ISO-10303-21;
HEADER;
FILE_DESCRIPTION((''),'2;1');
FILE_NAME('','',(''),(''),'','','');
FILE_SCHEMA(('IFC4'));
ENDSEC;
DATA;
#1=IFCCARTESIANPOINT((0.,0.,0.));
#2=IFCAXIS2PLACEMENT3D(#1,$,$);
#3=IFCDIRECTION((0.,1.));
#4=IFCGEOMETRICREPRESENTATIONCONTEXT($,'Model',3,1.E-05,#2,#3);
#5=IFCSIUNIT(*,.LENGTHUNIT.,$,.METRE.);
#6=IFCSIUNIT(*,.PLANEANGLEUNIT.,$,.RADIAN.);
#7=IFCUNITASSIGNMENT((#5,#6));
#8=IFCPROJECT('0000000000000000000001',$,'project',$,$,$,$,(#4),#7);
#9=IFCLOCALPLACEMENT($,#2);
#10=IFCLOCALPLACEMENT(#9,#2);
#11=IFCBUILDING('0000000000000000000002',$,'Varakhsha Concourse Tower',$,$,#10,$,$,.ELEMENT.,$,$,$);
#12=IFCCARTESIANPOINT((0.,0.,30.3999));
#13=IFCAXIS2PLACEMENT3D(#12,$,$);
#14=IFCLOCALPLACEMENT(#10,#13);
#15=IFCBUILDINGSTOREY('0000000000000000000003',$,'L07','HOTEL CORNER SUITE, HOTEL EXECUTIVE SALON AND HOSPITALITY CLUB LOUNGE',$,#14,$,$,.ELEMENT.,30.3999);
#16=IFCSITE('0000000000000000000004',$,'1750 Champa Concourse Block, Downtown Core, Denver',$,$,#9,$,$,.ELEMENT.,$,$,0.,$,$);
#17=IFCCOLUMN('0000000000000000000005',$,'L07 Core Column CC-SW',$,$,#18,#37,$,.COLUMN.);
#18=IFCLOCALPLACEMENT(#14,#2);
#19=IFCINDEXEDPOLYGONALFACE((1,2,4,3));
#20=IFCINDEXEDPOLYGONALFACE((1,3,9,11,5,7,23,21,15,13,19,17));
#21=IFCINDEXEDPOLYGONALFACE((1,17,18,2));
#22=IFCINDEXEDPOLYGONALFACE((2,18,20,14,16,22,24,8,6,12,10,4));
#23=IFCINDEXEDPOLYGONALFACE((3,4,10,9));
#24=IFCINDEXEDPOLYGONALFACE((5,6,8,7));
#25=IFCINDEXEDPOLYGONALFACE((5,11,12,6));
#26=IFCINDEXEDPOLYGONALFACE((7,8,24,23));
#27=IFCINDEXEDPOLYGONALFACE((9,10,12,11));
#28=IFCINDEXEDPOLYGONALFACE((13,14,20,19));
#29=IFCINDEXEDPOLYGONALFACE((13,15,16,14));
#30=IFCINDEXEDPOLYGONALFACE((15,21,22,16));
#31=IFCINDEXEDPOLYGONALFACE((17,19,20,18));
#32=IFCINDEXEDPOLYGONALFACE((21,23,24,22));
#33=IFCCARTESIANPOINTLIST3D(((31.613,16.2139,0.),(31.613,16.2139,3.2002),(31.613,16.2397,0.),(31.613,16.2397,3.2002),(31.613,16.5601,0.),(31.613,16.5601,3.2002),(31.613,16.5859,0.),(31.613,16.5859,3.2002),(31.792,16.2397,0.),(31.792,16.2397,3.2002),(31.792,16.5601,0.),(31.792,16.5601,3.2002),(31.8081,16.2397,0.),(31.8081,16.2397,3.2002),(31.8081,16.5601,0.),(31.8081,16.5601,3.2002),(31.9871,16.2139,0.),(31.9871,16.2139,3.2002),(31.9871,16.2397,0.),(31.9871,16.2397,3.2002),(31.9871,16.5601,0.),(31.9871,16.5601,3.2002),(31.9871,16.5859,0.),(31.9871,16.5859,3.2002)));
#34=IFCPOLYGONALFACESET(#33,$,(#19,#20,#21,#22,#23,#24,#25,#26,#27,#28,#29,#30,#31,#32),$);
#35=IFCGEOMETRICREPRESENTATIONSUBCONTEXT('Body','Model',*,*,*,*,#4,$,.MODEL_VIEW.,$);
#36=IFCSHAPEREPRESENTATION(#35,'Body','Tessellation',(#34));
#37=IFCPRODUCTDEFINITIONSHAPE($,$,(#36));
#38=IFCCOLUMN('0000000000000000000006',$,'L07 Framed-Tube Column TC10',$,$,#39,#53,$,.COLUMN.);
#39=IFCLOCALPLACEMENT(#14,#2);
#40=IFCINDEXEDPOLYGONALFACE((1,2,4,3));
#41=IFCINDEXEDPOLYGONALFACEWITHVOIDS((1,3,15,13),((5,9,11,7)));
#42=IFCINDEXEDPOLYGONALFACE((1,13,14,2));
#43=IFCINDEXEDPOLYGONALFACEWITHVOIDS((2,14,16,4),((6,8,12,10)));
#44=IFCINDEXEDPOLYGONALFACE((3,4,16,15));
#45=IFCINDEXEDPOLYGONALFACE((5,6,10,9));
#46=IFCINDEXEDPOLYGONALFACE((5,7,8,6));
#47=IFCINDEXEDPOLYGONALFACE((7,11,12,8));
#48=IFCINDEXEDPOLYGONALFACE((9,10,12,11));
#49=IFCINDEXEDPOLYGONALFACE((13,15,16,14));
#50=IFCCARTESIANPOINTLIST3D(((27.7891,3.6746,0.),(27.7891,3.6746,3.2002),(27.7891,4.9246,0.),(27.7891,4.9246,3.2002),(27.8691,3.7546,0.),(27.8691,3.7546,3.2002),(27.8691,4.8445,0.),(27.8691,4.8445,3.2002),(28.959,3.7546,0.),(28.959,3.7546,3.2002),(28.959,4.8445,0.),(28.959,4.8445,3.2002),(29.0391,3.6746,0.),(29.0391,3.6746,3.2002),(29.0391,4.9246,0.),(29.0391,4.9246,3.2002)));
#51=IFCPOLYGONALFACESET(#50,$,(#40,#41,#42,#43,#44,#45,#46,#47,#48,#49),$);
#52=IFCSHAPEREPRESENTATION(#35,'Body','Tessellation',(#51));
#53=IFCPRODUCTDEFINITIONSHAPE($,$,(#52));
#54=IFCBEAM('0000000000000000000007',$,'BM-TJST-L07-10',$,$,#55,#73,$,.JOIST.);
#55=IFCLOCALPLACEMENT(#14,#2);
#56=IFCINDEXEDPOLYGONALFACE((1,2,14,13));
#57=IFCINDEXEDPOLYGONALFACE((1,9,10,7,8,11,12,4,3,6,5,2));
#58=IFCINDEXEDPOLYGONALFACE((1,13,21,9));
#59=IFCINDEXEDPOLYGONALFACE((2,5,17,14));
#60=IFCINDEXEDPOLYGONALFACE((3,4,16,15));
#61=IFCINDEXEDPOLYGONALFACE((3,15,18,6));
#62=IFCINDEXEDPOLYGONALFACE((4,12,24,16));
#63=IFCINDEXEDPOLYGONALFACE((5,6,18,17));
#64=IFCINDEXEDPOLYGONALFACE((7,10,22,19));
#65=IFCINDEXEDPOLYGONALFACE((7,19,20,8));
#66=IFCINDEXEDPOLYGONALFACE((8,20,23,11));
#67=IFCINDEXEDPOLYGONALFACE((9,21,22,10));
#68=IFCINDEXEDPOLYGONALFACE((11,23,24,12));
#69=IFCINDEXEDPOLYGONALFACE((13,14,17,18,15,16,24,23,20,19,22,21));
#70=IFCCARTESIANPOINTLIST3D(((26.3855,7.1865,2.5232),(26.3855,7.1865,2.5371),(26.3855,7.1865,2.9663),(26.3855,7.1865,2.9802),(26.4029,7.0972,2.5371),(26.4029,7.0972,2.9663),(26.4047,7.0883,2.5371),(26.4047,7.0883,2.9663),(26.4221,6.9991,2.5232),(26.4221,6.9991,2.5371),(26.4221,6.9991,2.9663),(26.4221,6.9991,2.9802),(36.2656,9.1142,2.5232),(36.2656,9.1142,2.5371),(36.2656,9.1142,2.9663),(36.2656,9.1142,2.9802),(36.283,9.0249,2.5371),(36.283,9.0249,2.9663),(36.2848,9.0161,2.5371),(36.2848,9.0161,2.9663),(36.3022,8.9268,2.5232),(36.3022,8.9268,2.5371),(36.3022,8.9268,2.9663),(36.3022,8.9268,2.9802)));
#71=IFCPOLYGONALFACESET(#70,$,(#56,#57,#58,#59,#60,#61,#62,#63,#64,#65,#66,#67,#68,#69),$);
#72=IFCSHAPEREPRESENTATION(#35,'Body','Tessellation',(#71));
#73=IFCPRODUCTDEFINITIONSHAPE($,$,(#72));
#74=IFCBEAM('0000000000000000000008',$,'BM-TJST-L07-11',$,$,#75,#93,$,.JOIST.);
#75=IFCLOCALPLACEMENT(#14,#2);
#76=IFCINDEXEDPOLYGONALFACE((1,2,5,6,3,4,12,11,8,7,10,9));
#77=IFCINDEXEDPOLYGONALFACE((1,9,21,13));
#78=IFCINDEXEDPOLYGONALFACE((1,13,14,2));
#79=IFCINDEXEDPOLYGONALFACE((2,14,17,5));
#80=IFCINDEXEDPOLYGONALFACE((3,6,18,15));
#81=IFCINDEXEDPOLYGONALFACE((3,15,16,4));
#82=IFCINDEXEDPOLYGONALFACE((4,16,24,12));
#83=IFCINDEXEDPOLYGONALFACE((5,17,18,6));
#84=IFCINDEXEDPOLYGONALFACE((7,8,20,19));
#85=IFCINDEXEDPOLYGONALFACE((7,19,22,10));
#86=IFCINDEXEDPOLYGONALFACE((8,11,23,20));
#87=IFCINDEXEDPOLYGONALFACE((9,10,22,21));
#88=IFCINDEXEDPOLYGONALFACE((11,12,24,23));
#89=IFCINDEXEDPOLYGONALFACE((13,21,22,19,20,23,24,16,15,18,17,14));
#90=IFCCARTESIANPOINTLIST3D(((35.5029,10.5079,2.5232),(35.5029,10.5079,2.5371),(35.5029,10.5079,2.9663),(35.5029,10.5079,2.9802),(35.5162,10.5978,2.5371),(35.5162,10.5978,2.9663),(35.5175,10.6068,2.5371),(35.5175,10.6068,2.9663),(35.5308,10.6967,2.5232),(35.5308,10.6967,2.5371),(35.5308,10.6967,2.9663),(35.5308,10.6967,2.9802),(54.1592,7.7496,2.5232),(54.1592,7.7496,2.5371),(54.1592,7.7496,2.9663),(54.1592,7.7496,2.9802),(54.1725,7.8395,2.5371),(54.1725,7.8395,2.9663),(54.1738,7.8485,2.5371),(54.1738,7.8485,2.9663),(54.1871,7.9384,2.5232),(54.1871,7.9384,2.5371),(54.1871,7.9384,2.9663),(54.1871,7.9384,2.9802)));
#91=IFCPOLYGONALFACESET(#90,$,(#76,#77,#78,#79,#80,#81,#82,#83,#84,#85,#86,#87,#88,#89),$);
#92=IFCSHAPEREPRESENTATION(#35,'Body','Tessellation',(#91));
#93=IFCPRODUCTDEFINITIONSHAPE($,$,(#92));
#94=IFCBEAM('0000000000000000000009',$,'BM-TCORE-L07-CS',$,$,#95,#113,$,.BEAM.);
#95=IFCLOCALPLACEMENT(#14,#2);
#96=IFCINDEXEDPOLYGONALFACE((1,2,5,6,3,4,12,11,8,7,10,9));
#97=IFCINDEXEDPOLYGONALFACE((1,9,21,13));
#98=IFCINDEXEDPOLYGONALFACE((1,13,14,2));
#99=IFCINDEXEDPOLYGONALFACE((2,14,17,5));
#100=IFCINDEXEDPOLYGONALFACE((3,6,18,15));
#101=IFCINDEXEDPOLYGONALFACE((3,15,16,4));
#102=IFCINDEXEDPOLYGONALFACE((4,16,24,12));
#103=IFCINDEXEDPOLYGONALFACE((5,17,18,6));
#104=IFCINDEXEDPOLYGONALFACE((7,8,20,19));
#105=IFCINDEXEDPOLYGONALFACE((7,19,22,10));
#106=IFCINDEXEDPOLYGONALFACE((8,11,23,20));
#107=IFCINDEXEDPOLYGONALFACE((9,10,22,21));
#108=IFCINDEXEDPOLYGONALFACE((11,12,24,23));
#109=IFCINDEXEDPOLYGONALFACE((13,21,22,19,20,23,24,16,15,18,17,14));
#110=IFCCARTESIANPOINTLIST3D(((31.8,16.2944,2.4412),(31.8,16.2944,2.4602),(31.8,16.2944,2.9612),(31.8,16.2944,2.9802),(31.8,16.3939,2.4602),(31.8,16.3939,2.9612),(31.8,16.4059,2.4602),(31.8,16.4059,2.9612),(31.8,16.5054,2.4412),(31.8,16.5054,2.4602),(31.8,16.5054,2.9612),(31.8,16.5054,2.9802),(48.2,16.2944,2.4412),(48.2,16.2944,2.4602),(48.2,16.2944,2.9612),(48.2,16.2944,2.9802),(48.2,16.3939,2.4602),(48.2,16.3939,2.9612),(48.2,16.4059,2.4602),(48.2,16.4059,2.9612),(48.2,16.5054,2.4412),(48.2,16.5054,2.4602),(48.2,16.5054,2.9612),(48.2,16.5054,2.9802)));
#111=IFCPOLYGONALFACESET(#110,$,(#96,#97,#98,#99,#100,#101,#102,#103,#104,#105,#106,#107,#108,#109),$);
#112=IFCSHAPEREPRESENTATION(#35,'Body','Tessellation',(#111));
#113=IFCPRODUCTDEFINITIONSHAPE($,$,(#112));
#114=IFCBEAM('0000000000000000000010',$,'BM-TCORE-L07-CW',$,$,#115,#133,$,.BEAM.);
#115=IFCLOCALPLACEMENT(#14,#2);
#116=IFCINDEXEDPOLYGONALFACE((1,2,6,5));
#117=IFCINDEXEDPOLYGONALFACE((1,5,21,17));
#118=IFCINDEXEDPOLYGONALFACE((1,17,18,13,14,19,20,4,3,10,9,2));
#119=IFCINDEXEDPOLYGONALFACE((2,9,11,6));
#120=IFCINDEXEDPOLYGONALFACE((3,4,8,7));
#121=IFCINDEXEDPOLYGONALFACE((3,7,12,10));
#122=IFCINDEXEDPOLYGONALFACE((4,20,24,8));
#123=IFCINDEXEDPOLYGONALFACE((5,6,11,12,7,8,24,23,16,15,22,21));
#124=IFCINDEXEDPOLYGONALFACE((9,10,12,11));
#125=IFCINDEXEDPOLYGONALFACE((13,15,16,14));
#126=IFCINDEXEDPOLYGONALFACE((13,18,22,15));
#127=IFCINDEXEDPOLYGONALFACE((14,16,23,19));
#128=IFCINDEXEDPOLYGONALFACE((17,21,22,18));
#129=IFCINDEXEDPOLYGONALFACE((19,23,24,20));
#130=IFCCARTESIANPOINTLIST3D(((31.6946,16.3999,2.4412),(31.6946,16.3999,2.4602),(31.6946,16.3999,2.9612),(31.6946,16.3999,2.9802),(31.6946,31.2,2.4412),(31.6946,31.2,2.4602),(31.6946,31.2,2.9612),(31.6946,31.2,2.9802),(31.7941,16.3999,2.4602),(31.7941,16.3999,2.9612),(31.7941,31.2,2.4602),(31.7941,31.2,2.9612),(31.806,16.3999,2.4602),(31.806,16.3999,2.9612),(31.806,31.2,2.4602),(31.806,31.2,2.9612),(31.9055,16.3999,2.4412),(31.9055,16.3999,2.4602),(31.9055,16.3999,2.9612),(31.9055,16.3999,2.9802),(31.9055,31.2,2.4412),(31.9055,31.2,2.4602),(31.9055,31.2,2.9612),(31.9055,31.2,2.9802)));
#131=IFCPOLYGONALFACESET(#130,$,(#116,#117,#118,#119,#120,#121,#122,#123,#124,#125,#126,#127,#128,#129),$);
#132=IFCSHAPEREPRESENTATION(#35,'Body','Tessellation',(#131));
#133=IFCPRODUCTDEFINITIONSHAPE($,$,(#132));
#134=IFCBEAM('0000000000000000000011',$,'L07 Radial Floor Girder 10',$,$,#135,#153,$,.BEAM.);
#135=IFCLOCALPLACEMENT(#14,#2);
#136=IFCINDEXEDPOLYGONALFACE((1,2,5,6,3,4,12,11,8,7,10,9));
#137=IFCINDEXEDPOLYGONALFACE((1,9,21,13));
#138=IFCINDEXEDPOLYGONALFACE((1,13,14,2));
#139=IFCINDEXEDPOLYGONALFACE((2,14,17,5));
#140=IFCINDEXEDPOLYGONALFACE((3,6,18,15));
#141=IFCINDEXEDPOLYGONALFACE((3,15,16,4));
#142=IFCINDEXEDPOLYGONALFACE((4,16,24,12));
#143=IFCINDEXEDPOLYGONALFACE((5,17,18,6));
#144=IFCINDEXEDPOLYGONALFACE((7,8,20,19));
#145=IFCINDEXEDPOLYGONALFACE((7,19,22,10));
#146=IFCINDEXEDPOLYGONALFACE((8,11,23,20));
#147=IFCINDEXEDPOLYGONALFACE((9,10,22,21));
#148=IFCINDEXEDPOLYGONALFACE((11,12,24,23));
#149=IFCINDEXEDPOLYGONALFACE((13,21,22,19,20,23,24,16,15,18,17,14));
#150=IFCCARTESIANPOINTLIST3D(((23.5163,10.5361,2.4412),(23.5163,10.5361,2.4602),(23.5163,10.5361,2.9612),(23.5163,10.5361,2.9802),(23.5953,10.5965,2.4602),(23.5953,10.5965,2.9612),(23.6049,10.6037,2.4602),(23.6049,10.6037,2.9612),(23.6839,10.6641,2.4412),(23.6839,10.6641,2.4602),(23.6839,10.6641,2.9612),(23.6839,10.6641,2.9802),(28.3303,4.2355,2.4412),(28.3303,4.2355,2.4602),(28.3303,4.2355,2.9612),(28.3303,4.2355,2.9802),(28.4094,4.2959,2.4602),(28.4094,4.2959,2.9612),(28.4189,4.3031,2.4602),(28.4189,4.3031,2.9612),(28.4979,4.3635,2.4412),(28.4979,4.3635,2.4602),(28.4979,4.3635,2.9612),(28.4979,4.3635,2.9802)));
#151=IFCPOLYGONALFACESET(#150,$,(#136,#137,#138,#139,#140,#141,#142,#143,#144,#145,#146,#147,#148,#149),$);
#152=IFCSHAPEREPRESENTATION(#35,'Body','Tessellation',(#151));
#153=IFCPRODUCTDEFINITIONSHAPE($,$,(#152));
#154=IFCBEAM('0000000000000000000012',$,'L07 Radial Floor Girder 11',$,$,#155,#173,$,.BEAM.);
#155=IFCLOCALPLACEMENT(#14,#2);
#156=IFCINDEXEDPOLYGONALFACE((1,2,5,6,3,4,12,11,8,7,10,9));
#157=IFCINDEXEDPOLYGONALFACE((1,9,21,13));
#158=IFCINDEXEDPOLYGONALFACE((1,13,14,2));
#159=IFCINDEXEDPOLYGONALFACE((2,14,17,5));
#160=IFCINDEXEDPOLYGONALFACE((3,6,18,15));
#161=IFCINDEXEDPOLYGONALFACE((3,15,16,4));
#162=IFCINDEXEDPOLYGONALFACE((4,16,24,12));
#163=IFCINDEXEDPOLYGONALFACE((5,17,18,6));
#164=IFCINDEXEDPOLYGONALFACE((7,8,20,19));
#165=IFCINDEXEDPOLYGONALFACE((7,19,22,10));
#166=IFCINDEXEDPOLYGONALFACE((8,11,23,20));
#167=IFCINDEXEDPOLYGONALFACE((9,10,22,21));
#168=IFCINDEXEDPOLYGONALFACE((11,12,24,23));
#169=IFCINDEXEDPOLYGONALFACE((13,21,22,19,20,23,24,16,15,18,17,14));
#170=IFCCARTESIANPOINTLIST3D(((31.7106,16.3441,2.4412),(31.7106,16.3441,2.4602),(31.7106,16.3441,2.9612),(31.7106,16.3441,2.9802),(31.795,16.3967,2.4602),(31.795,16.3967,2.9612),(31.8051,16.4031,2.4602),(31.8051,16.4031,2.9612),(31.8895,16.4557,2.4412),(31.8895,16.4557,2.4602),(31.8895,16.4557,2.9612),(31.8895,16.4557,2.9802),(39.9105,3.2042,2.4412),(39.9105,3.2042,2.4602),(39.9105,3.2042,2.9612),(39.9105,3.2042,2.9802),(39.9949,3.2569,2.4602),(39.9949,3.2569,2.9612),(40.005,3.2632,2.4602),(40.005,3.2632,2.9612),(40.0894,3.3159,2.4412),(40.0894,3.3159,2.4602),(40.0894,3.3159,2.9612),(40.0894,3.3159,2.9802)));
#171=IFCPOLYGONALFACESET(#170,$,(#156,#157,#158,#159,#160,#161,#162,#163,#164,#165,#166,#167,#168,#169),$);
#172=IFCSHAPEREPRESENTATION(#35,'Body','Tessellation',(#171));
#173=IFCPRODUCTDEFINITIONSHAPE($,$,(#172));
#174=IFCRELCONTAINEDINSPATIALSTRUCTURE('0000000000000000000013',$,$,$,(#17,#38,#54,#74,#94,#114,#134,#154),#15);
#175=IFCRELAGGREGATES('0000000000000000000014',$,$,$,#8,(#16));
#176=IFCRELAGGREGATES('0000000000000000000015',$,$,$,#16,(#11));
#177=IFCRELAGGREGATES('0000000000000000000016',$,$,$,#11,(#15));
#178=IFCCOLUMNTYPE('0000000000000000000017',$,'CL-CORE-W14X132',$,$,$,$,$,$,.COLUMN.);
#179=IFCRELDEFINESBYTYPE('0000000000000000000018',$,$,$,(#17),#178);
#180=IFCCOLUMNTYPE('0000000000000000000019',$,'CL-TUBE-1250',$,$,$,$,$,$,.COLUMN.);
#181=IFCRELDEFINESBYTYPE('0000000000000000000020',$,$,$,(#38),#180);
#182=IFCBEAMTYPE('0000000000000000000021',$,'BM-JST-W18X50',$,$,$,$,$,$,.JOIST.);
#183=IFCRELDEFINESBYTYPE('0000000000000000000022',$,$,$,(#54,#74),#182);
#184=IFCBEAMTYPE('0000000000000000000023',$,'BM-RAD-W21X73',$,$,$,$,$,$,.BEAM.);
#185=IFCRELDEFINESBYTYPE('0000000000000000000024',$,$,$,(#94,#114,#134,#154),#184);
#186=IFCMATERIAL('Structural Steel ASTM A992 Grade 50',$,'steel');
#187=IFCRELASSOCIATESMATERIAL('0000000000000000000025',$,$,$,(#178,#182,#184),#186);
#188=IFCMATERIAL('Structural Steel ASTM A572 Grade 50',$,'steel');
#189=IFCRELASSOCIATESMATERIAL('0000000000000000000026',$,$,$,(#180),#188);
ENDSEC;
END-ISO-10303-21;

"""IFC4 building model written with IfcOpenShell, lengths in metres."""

from ifc_helpers import new_model, si_unit, direction, frame, origin, origin_2d, place, context, subcontext, project, spatial, hollow_rectangle, i_section, extrude, material, material_profile, profile_set, type_object, element, save


model = new_model("IFC4")

# Units and contexts
model_context = context("Model", 3, precision=1e-05, world=origin(), true_north=direction((0.0, 1.0)))
body_context = subcontext(model_context, "Body", "Model", "MODEL_VIEW")
ifc_project = project(units=[si_unit("LENGTHUNIT", "METRE"), si_unit("PLANEANGLEUNIT", "RADIAN")], contexts=[model_context])

# Site, building, storey
site_placement = place(None, origin())
site = spatial("IfcSite", under=ifc_project, at=site_placement, Name="1750 Champa Concourse Block, Downtown Core, Denver", CompositionType="ELEMENT", RefElevation=0.0)
building_placement = place(site_placement, origin())
building = spatial("IfcBuilding", under=site, at=building_placement, Name="Varakhsha Concourse Tower", CompositionType="ELEMENT")
storey_placement = place(building_placement, frame((0.0, 0.0, 30.3999)))
storey = spatial("IfcBuildingStorey", under=building, at=storey_placement, Name="L07", Description="HOTEL CORNER SUITE, HOTEL EXECUTIVE SALON AND HOSPITALITY CLUB LOUNGE", CompositionType="ELEMENT", Elevation=30.3999)

# Columns
ifc_material_1 = material(Name="Structural Steel ASTM A992 Grade 50", Category="steel")
ifc_material_profile_1 = material_profile(ifc_material_1, i_section(OverallWidth=0.374, OverallDepth=0.3721, WebThickness=0.0161, FlangeThickness=0.0259, at=origin_2d()), Name="W14X132")
ifc_profile_set_1 = profile_set([ifc_material_profile_1], Name="Structural Steel ASTM A992 Grade 50")
column_type_1 = type_object("IfcColumnType", Name="CL-CORE-W14X132", PredefinedType="COLUMN", material=ifc_profile_set_1)
column_1_placement = place(storey_placement, frame((31.8, 16.3999, 0.0), z_axis=(0.0, 0.0, 1.0), x_axis=(1.0, 0.0, 0.0)))
element("IfcColumn", 1, at=column_1_placement, inside=storey, type_object=column_type_1, Name="L07 Core Column CC-SW", PredefinedType="COLUMN", context=body_context, shape_type="SweptSolid", body=[
    extrude(i_section(OverallWidth=0.374, OverallDepth=0.3721, WebThickness=0.0161, FlangeThickness=0.0259, at=origin_2d()), origin(), (0.0, 0.0, 1.0), 3.2002),
])
ifc_material_2 = material(Name="Structural Steel ASTM A572 Grade 50", Category="steel")
ifc_material_profile_2 = material_profile(ifc_material_2, hollow_rectangle(XDim=1.25, YDim=1.25, WallThickness=0.0801, at=origin_2d()), Name="BOX 1250x1250x80")
ifc_profile_set_2 = profile_set([ifc_material_profile_2], Name="Structural Steel ASTM A572 Grade 50")
column_type_2 = type_object("IfcColumnType", Name="CL-TUBE-1250", PredefinedType="COLUMN", material=ifc_profile_set_2)
column_2_placement = place(storey_placement, frame((28.4141, 4.2996, 0.0), z_axis=(0.0, 0.0, 1.0), x_axis=(1.0, 0.0, 0.0)))
element("IfcColumn", 2, at=column_2_placement, inside=storey, type_object=column_type_2, Name="L07 Framed-Tube Column TC10", PredefinedType="COLUMN", context=body_context, shape_type="SweptSolid", body=[
    extrude(hollow_rectangle(XDim=1.25, YDim=1.25, WallThickness=0.0801, at=origin_2d()), origin(), (0.0, 0.0, 1.0), 3.2002),
])

# Beams
ifc_material_profile_3 = material_profile(ifc_material_1, i_section(OverallWidth=0.1909, OverallDepth=0.457, WebThickness=0.009, FlangeThickness=0.0139, at=origin_2d()), Name="W18X50")
ifc_profile_set_3 = profile_set([ifc_material_profile_3], Name="Structural Steel ASTM A992 Grade 50")
beam_type_1 = type_object("IfcBeamType", Name="BM-JST-W18X50", PredefinedType="JOIST", material=ifc_profile_set_3)
beam_1_placement = place(storey_placement, frame((26.4038, 7.0928, 2.7517), z_axis=(0.981492, 0.191501, 0.0), x_axis=(-0.191501, 0.981492, 0.0)))
element("IfcBeam", 3, at=beam_1_placement, inside=storey, type_object=beam_type_1, Name="BM-TJST-L07-10", PredefinedType="JOIST", context=body_context, shape_type="SweptSolid", body=[
    extrude(i_section(OverallWidth=0.1909, OverallDepth=0.457, WebThickness=0.009, FlangeThickness=0.0139, at=origin_2d()), origin(), (0.0, 0.0, 1.0), 10.0664),
])
beam_2_placement = place(storey_placement, frame((35.5168, 10.6023, 2.7517), z_axis=(0.989246, -0.146259, 0.0), x_axis=(0.146259, 0.989246, 0.0)))
element("IfcBeam", 4, at=beam_2_placement, inside=storey, type_object=beam_type_1, Name="BM-TJST-L07-11", PredefinedType="JOIST", context=body_context, shape_type="SweptSolid", body=[
    extrude(i_section(OverallWidth=0.1909, OverallDepth=0.457, WebThickness=0.009, FlangeThickness=0.0139, at=origin_2d()), origin(), (0.0, 0.0, 1.0), 18.8591),
])
ifc_material_profile_4 = material_profile(ifc_material_1, i_section(OverallWidth=0.2109, OverallDepth=0.5391, WebThickness=0.012, FlangeThickness=0.019, at=origin_2d()), Name="W21X73")
ifc_profile_set_4 = profile_set([ifc_material_profile_4], Name="Structural Steel ASTM A992 Grade 50")
beam_type_2 = type_object("IfcBeamType", Name="BM-RAD-W21X73", PredefinedType="BEAM", material=ifc_profile_set_4)
beam_3_placement = place(storey_placement, frame((31.8, 16.3999, 2.7107), z_axis=(1.0, 0.0, 0.0), x_axis=(0.0, 1.0, 0.0)))
element("IfcBeam", 5, at=beam_3_placement, inside=storey, type_object=beam_type_2, Name="BM-TCORE-L07-CS", PredefinedType="BEAM", context=body_context, shape_type="SweptSolid", body=[
    extrude(i_section(OverallWidth=0.2109, OverallDepth=0.5391, WebThickness=0.012, FlangeThickness=0.019, at=origin_2d()), origin(), (0.0, 0.0, 1.0), 16.3999),
])
beam_4_placement = place(storey_placement, frame((31.8, 16.3999, 2.7107), z_axis=(0.0, 1.0, 0.0), x_axis=(-1.0, 0.0, 0.0)))
element("IfcBeam", 6, at=beam_4_placement, inside=storey, type_object=beam_type_2, Name="BM-TCORE-L07-CW", PredefinedType="BEAM", context=body_context, shape_type="SweptSolid", body=[
    extrude(i_section(OverallWidth=0.2109, OverallDepth=0.5391, WebThickness=0.012, FlangeThickness=0.019, at=origin_2d()), origin(), (0.0, 0.0, 1.0), 14.8),
])
beam_5_placement = place(storey_placement, frame((23.6001, 10.6001, 2.7107), z_axis=(0.607124, -0.794607, 0.0), x_axis=(0.794607, 0.607124, 0.0)))
element("IfcBeam", 7, at=beam_5_placement, inside=storey, type_object=beam_type_2, Name="L07 Radial Floor Girder 10", PredefinedType="BEAM", context=body_context, shape_type="SweptSolid", body=[
    extrude(i_section(OverallWidth=0.2109, OverallDepth=0.5391, WebThickness=0.012, FlangeThickness=0.019, at=origin_2d()), origin(), (0.0, 0.0, 1.0), 7.9292),
])
beam_6_placement = place(storey_placement, frame((31.8, 16.3999, 2.7107), z_axis=(0.529419, -0.84836, 0.0), x_axis=(0.84836, 0.529419, 0.0)))
element("IfcBeam", 8, at=beam_6_placement, inside=storey, type_object=beam_type_2, Name="L07 Radial Floor Girder 11", PredefinedType="BEAM", context=body_context, shape_type="SweptSolid", body=[
    extrude(i_section(OverallWidth=0.2109, OverallDepth=0.5391, WebThickness=0.012, FlangeThickness=0.019, at=origin_2d()), origin(), (0.0, 0.0, 1.0), 15.4885),
])

save(model, "model.ifc")
